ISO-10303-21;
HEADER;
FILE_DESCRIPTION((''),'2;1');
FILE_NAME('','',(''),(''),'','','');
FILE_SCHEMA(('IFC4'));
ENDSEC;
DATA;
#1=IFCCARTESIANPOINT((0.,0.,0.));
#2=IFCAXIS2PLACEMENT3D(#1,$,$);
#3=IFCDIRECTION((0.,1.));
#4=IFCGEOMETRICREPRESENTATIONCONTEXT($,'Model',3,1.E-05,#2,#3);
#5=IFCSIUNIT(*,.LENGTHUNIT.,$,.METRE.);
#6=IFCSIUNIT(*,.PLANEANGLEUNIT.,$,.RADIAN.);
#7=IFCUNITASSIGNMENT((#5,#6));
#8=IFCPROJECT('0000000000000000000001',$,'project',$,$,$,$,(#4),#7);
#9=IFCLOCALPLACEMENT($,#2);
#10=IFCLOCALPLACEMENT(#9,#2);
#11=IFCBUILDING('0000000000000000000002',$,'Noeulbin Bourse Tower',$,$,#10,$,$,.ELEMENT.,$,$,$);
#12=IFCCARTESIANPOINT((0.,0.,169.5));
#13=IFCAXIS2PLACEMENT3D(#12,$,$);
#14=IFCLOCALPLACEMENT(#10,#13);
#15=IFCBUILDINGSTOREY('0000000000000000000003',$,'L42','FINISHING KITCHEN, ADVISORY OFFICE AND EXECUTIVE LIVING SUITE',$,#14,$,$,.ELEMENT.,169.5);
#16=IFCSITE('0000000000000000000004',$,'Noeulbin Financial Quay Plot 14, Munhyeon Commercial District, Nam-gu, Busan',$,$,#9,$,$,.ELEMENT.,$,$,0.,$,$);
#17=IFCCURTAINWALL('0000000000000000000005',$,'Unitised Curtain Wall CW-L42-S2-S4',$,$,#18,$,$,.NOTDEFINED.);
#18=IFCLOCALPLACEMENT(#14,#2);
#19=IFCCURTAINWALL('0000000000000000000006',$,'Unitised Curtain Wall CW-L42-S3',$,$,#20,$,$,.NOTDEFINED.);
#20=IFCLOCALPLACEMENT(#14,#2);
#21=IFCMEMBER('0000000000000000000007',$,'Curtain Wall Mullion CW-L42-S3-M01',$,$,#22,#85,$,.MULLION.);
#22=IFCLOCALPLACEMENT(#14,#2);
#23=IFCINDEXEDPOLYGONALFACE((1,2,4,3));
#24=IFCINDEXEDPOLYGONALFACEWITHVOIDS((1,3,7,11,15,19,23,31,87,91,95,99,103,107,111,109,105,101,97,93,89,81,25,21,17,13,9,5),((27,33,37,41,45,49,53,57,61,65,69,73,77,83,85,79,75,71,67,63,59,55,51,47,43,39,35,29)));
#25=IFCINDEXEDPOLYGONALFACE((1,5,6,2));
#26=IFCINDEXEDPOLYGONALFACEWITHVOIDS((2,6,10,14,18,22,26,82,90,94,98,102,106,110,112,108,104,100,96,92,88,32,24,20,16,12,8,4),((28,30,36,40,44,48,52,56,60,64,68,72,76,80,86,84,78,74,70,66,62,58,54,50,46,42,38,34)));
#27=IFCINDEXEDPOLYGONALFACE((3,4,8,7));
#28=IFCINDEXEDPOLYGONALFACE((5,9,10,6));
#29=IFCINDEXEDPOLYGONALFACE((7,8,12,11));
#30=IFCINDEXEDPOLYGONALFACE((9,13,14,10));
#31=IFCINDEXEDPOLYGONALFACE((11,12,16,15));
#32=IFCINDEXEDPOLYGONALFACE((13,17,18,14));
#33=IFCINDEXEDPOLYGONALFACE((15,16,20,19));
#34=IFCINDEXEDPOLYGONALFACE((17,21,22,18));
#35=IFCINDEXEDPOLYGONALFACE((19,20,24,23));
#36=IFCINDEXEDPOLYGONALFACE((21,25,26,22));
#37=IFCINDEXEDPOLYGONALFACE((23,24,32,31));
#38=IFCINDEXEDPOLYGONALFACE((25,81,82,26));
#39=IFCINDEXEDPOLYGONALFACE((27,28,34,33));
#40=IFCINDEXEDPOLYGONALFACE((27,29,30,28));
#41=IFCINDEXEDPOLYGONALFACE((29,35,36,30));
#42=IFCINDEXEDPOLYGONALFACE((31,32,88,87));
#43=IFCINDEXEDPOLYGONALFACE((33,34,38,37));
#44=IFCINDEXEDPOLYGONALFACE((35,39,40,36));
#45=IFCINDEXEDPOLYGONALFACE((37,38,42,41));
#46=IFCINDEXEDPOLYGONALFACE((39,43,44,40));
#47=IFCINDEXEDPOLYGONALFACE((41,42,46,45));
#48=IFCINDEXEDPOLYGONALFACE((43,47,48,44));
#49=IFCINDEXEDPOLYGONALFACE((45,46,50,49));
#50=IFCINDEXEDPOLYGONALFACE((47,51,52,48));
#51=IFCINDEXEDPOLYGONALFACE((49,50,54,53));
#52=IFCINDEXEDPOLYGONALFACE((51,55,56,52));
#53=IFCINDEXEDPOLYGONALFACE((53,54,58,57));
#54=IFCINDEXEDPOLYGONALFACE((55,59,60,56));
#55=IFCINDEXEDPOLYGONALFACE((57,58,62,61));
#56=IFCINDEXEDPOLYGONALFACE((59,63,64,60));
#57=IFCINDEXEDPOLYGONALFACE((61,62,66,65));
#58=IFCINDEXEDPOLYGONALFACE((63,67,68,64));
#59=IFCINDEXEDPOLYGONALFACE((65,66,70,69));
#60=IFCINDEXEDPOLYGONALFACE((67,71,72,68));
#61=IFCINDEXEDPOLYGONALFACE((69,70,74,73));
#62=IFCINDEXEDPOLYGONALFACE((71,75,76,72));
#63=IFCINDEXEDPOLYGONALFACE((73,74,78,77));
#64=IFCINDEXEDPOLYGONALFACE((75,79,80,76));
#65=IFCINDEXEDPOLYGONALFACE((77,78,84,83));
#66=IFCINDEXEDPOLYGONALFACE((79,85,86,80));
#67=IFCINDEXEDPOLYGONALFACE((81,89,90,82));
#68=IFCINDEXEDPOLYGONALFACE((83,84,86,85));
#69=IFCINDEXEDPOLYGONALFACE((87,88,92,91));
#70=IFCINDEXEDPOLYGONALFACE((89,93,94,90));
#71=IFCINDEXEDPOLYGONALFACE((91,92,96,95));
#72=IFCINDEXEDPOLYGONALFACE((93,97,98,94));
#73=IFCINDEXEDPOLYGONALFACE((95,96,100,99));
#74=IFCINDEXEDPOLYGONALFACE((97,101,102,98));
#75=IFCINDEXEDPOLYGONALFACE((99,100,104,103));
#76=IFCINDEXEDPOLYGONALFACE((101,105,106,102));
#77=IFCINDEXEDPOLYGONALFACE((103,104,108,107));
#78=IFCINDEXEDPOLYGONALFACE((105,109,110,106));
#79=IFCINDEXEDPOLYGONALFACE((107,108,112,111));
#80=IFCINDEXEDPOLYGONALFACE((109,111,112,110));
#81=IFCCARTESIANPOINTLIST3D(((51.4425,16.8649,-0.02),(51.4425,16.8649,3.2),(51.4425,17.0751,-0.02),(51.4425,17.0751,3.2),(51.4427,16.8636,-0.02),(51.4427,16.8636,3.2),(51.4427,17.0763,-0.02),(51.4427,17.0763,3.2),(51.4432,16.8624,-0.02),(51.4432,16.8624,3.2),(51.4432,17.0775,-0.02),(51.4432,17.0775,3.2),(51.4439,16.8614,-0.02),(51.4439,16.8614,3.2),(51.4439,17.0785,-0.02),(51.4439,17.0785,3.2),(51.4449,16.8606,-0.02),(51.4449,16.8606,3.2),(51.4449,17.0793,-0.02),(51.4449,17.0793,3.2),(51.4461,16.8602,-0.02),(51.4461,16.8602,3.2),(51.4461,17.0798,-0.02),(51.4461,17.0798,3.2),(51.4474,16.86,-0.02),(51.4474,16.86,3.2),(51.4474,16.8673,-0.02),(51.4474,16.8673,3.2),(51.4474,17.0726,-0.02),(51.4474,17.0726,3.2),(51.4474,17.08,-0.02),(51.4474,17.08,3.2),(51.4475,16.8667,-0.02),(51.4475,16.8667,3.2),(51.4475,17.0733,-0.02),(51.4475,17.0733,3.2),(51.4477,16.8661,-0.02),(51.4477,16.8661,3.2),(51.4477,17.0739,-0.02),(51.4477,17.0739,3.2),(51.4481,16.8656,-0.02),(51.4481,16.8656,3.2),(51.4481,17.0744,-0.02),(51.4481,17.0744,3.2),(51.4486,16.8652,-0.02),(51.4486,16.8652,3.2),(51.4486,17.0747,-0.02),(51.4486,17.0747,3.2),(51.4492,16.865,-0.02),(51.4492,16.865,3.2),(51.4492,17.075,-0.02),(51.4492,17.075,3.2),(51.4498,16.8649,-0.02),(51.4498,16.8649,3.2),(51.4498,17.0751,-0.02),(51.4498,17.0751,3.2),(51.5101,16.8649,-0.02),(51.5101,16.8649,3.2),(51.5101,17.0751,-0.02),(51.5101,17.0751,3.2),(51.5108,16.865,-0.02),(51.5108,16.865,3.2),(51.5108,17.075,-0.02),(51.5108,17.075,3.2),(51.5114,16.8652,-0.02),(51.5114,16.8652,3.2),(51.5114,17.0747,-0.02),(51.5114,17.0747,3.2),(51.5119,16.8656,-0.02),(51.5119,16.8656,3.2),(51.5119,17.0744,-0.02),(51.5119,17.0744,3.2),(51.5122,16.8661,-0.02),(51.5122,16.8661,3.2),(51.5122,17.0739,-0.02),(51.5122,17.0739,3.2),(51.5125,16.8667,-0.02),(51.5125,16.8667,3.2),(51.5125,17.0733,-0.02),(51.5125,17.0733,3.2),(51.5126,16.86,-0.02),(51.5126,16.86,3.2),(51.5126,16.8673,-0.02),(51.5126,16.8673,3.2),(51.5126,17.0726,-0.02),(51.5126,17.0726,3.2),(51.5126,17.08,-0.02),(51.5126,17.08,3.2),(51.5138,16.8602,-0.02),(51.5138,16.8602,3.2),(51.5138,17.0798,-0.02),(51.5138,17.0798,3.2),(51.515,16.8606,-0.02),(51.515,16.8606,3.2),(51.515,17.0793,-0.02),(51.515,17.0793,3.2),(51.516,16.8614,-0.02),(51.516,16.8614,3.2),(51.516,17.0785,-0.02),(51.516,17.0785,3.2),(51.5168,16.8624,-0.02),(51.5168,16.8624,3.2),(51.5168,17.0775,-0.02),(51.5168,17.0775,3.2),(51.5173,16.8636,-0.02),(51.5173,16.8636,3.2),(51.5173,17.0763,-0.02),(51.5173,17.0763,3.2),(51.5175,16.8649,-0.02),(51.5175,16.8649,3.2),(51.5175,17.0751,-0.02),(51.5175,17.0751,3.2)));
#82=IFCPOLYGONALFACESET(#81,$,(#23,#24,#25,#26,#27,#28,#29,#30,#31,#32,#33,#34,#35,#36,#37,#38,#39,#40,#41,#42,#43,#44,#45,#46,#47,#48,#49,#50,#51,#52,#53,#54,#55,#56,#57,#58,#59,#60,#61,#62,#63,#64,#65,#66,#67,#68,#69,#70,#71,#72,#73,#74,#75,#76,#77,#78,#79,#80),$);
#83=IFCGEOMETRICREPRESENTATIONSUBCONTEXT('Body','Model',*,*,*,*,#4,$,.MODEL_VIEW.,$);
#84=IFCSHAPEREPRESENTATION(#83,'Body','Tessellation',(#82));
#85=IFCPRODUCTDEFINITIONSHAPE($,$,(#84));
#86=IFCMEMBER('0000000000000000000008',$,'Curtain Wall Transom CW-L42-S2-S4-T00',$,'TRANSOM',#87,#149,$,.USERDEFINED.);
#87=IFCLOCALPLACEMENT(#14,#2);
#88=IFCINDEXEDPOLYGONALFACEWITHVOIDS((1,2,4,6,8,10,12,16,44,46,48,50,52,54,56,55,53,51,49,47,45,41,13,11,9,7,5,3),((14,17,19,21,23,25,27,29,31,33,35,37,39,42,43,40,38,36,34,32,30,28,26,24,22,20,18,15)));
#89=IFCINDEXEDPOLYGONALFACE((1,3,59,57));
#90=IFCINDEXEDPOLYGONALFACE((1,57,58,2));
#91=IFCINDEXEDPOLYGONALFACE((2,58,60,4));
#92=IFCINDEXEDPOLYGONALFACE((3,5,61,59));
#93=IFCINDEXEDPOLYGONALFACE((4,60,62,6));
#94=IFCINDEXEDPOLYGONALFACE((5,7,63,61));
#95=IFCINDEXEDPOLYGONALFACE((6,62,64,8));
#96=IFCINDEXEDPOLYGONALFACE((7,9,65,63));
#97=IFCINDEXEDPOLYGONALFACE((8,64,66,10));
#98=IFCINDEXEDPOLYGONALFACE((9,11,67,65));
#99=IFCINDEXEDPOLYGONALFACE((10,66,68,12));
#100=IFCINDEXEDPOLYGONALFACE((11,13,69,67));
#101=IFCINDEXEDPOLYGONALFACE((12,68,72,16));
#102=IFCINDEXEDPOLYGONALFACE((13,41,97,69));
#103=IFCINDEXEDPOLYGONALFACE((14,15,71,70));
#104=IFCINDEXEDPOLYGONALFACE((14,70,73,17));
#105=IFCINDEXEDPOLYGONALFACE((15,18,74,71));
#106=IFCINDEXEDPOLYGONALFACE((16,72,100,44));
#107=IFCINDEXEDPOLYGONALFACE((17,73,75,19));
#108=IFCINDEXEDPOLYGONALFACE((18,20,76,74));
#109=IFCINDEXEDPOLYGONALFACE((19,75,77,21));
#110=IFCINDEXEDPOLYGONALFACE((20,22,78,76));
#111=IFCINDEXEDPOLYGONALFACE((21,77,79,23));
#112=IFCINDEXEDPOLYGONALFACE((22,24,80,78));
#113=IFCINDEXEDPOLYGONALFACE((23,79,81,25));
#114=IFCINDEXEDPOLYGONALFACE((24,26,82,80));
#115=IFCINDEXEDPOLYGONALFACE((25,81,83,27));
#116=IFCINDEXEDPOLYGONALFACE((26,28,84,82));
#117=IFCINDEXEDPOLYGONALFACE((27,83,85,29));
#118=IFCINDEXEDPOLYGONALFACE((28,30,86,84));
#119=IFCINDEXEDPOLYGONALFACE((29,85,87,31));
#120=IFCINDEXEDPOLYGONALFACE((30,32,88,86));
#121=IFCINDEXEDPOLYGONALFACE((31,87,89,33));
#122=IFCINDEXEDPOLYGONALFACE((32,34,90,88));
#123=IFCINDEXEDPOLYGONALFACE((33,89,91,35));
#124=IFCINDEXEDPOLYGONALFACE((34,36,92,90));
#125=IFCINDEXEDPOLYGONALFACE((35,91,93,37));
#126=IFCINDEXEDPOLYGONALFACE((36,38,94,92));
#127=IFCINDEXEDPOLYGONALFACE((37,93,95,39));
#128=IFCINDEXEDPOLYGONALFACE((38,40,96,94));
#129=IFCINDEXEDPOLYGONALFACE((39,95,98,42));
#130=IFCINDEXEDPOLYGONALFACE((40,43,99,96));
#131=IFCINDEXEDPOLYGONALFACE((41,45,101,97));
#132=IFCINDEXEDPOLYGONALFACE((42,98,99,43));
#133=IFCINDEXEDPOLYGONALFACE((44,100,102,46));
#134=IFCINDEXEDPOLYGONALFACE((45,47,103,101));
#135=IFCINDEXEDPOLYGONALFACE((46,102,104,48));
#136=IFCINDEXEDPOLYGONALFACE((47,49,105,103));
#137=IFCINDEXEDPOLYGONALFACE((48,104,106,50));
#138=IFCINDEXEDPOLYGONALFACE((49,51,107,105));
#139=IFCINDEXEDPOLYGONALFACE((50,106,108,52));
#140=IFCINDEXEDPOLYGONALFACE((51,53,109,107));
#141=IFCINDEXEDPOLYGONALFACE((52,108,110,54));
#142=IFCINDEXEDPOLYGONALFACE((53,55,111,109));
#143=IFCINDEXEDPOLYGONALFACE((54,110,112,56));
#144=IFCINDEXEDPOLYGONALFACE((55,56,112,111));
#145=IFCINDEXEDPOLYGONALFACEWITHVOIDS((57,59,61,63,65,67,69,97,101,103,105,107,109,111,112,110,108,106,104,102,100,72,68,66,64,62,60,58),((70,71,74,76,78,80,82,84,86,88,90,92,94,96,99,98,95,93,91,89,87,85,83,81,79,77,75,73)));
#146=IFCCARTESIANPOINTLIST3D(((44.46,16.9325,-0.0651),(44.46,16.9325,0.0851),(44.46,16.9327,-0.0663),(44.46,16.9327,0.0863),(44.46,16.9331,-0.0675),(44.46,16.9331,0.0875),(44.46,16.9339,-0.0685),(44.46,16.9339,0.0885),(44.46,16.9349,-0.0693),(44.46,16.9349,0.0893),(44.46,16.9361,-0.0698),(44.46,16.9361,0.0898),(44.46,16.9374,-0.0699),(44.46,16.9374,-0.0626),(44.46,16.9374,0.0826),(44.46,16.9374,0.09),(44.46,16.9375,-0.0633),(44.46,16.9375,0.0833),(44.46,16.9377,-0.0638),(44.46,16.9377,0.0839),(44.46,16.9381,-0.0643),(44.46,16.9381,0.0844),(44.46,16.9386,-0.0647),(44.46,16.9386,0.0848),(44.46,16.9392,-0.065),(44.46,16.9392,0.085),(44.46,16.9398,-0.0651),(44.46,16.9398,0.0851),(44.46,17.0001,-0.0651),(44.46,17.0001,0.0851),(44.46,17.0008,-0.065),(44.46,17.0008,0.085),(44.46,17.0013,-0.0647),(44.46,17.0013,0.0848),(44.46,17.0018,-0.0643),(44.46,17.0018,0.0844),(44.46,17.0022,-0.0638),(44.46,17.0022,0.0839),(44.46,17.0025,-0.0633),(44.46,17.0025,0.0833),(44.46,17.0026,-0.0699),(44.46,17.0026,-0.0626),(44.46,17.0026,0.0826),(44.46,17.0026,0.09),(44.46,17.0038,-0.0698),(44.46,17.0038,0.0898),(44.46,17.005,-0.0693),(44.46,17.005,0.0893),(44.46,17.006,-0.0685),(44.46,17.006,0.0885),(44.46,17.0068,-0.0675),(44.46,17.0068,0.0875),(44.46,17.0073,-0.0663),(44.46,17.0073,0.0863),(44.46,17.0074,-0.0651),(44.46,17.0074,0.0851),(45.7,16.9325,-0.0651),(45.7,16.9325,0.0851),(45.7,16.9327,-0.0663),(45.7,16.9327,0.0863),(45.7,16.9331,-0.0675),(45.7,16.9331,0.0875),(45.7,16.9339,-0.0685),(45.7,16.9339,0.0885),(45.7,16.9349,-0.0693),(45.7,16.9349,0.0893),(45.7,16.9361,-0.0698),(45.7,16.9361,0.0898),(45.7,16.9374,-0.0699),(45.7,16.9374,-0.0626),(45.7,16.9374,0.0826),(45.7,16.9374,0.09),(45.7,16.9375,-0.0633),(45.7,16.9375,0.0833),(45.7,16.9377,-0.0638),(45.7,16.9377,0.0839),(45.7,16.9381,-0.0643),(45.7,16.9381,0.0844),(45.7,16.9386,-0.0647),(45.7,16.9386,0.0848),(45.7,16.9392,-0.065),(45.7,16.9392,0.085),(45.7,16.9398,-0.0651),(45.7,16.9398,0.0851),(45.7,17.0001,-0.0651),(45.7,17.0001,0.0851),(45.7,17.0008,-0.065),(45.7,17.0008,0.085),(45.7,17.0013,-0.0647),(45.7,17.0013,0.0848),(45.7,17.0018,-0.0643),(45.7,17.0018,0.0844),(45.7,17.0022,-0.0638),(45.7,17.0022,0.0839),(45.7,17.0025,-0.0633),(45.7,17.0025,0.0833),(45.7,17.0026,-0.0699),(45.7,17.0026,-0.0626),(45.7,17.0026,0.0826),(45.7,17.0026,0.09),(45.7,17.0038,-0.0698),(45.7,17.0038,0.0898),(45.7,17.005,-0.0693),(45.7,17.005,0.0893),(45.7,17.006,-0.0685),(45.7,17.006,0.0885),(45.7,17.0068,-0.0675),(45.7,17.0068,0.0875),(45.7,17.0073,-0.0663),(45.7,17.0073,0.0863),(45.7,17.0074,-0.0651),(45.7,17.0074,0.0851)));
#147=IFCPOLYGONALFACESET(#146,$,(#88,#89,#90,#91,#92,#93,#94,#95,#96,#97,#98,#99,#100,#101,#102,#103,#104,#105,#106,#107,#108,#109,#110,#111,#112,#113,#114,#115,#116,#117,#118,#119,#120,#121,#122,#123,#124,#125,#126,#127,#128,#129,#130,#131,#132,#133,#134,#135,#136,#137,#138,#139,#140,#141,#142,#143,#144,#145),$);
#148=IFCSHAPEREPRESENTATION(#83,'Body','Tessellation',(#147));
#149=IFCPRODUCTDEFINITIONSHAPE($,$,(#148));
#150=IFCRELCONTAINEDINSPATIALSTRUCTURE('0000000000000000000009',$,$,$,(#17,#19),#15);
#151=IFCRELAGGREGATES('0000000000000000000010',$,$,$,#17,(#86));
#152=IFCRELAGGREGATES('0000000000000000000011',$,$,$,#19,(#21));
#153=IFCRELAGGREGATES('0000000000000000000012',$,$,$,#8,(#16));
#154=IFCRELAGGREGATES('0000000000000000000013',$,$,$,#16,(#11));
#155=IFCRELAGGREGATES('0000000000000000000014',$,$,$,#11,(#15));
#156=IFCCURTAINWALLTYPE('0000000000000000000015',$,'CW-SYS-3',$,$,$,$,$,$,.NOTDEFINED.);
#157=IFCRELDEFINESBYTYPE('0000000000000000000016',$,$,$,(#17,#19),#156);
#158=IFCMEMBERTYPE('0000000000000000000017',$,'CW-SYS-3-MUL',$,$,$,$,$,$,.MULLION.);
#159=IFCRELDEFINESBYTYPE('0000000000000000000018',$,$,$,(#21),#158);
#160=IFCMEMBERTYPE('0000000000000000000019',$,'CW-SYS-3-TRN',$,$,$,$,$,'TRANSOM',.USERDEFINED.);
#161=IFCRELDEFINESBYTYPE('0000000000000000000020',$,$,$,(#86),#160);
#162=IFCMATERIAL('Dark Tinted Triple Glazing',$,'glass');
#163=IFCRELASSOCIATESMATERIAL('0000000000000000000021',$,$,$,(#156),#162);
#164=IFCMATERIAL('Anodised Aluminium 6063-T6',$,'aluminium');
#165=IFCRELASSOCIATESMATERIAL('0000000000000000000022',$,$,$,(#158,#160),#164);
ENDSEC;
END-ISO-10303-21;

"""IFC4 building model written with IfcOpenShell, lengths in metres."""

from ifc_helpers import new_model, si_unit, direction, frame, origin, origin_2d, place, context, subcontext, project, spatial, hollow_rectangle, extrude, material, material_profile, profile_set, type_object, element, aggregate, save


model = new_model("IFC4")

# Units and contexts
model_context = context("Model", 3, precision=1e-05, world=origin(), true_north=direction((0.0, 1.0)))
body_context = subcontext(model_context, "Body", "Model", "MODEL_VIEW")
ifc_project = project(units=[si_unit("LENGTHUNIT", "METRE"), si_unit("PLANEANGLEUNIT", "RADIAN")], contexts=[model_context])

# Site, building, storey
site_placement = place(None, origin())
site = spatial("IfcSite", under=ifc_project, at=site_placement, Name="Noeulbin Financial Quay Plot 14, Munhyeon Commercial District, Nam-gu, Busan", CompositionType="ELEMENT", RefElevation=0.0)
building_placement = place(site_placement, origin())
building = spatial("IfcBuilding", under=site, at=building_placement, Name="Noeulbin Bourse Tower", CompositionType="ELEMENT")
storey_placement = place(building_placement, frame((0.0, 0.0, 169.5)))
storey = spatial("IfcBuildingStorey", under=building, at=storey_placement, Name="L42", Description="FINISHING KITCHEN, ADVISORY OFFICE AND EXECUTIVE LIVING SUITE", CompositionType="ELEMENT", Elevation=169.5)

# Shared definitions
ifc_material_1 = material(Name="Dark Tinted Triple Glazing", Category="glass")
curtain_wall_type = type_object("IfcCurtainWallType", Name="CW-SYS-3", PredefinedType="NOTDEFINED", material=ifc_material_1)
ifc_material_2 = material(Name="Anodised Aluminium 6063-T6", Category="aluminium")
ifc_material_profile_1 = material_profile(ifc_material_2, hollow_rectangle(XDim=0.075, YDim=0.22, WallThickness=0.0049, InnerFilletRadius=0.0024, OuterFilletRadius=0.0049, at=origin_2d()), Name="ALU-MULL-75x220x5", Category="LoadBearing")
ifc_profile_set_1 = profile_set([ifc_material_profile_1], Name="Anodised Aluminium 6063-T6")
member_type_1 = type_object("IfcMemberType", Name="CW-SYS-3-MUL", PredefinedType="MULLION", material=ifc_profile_set_1)

# Curtain walls, member
curtain_wall_1_placement = place(storey_placement, origin())
curtain_wall_1 = element("IfcCurtainWall", 1, at=curtain_wall_1_placement, inside=storey, type_object=curtain_wall_type, Name="Unitised Curtain Wall CW-L42-S2-S4", PredefinedType="NOTDEFINED")
curtain_wall_2_placement = place(storey_placement, origin())
curtain_wall_2 = element("IfcCurtainWall", 2, at=curtain_wall_2_placement, inside=storey, type_object=curtain_wall_type, Name="Unitised Curtain Wall CW-L42-S3", PredefinedType="NOTDEFINED")
member_1_placement = place(storey_placement, frame((51.48, 16.97, -0.02), z_axis=(0.0, 0.0, 1.0), x_axis=(1.0, 0.0, 0.0)))
member_1 = element("IfcMember", 3, at=member_1_placement, type_object=member_type_1, Name="Curtain Wall Mullion CW-L42-S3-M01", PredefinedType="MULLION", context=body_context, shape_type="SweptSolid", body=[
    extrude(hollow_rectangle(XDim=0.075, YDim=0.22, WallThickness=0.0049, InnerFilletRadius=0.0024, OuterFilletRadius=0.0049, at=origin_2d()), origin(), (0.0, 0.0, 1.0), 3.22),
])

# Member
ifc_material_profile_2 = material_profile(ifc_material_2, hollow_rectangle(XDim=0.075, YDim=0.1599, WallThickness=0.0049, InnerFilletRadius=0.0024, OuterFilletRadius=0.0049, at=origin_2d()), Name="ALU-TRAN-75x160x5", Category="LoadBearing")
ifc_profile_set_2 = profile_set([ifc_material_profile_2], Name="Anodised Aluminium 6063-T6")
member_type_2 = type_object("IfcMemberType", Name="CW-SYS-3-TRN", ElementType="TRANSOM", PredefinedType="USERDEFINED", material=ifc_profile_set_2)
member_2_placement = place(storey_placement, frame((44.46, 16.97, 0.01), z_axis=(1.0, 0.0, 0.0), x_axis=(0.0, 1.0, 0.0)))
member_2 = element("IfcMember", 4, at=member_2_placement, type_object=member_type_2, Name="Curtain Wall Transom CW-L42-S2-S4-T00", ObjectType="TRANSOM", PredefinedType="USERDEFINED", context=body_context, shape_type="SweptSolid", body=[
    extrude(hollow_rectangle(XDim=0.075, YDim=0.1599, WallThickness=0.0049, InnerFilletRadius=0.0024, OuterFilletRadius=0.0049, at=origin_2d()), origin(), (0.0, 0.0, 1.0), 1.24),
])

aggregate(curtain_wall_1, [member_2])
aggregate(curtain_wall_2, [member_1])

save(model, "model.ifc")
